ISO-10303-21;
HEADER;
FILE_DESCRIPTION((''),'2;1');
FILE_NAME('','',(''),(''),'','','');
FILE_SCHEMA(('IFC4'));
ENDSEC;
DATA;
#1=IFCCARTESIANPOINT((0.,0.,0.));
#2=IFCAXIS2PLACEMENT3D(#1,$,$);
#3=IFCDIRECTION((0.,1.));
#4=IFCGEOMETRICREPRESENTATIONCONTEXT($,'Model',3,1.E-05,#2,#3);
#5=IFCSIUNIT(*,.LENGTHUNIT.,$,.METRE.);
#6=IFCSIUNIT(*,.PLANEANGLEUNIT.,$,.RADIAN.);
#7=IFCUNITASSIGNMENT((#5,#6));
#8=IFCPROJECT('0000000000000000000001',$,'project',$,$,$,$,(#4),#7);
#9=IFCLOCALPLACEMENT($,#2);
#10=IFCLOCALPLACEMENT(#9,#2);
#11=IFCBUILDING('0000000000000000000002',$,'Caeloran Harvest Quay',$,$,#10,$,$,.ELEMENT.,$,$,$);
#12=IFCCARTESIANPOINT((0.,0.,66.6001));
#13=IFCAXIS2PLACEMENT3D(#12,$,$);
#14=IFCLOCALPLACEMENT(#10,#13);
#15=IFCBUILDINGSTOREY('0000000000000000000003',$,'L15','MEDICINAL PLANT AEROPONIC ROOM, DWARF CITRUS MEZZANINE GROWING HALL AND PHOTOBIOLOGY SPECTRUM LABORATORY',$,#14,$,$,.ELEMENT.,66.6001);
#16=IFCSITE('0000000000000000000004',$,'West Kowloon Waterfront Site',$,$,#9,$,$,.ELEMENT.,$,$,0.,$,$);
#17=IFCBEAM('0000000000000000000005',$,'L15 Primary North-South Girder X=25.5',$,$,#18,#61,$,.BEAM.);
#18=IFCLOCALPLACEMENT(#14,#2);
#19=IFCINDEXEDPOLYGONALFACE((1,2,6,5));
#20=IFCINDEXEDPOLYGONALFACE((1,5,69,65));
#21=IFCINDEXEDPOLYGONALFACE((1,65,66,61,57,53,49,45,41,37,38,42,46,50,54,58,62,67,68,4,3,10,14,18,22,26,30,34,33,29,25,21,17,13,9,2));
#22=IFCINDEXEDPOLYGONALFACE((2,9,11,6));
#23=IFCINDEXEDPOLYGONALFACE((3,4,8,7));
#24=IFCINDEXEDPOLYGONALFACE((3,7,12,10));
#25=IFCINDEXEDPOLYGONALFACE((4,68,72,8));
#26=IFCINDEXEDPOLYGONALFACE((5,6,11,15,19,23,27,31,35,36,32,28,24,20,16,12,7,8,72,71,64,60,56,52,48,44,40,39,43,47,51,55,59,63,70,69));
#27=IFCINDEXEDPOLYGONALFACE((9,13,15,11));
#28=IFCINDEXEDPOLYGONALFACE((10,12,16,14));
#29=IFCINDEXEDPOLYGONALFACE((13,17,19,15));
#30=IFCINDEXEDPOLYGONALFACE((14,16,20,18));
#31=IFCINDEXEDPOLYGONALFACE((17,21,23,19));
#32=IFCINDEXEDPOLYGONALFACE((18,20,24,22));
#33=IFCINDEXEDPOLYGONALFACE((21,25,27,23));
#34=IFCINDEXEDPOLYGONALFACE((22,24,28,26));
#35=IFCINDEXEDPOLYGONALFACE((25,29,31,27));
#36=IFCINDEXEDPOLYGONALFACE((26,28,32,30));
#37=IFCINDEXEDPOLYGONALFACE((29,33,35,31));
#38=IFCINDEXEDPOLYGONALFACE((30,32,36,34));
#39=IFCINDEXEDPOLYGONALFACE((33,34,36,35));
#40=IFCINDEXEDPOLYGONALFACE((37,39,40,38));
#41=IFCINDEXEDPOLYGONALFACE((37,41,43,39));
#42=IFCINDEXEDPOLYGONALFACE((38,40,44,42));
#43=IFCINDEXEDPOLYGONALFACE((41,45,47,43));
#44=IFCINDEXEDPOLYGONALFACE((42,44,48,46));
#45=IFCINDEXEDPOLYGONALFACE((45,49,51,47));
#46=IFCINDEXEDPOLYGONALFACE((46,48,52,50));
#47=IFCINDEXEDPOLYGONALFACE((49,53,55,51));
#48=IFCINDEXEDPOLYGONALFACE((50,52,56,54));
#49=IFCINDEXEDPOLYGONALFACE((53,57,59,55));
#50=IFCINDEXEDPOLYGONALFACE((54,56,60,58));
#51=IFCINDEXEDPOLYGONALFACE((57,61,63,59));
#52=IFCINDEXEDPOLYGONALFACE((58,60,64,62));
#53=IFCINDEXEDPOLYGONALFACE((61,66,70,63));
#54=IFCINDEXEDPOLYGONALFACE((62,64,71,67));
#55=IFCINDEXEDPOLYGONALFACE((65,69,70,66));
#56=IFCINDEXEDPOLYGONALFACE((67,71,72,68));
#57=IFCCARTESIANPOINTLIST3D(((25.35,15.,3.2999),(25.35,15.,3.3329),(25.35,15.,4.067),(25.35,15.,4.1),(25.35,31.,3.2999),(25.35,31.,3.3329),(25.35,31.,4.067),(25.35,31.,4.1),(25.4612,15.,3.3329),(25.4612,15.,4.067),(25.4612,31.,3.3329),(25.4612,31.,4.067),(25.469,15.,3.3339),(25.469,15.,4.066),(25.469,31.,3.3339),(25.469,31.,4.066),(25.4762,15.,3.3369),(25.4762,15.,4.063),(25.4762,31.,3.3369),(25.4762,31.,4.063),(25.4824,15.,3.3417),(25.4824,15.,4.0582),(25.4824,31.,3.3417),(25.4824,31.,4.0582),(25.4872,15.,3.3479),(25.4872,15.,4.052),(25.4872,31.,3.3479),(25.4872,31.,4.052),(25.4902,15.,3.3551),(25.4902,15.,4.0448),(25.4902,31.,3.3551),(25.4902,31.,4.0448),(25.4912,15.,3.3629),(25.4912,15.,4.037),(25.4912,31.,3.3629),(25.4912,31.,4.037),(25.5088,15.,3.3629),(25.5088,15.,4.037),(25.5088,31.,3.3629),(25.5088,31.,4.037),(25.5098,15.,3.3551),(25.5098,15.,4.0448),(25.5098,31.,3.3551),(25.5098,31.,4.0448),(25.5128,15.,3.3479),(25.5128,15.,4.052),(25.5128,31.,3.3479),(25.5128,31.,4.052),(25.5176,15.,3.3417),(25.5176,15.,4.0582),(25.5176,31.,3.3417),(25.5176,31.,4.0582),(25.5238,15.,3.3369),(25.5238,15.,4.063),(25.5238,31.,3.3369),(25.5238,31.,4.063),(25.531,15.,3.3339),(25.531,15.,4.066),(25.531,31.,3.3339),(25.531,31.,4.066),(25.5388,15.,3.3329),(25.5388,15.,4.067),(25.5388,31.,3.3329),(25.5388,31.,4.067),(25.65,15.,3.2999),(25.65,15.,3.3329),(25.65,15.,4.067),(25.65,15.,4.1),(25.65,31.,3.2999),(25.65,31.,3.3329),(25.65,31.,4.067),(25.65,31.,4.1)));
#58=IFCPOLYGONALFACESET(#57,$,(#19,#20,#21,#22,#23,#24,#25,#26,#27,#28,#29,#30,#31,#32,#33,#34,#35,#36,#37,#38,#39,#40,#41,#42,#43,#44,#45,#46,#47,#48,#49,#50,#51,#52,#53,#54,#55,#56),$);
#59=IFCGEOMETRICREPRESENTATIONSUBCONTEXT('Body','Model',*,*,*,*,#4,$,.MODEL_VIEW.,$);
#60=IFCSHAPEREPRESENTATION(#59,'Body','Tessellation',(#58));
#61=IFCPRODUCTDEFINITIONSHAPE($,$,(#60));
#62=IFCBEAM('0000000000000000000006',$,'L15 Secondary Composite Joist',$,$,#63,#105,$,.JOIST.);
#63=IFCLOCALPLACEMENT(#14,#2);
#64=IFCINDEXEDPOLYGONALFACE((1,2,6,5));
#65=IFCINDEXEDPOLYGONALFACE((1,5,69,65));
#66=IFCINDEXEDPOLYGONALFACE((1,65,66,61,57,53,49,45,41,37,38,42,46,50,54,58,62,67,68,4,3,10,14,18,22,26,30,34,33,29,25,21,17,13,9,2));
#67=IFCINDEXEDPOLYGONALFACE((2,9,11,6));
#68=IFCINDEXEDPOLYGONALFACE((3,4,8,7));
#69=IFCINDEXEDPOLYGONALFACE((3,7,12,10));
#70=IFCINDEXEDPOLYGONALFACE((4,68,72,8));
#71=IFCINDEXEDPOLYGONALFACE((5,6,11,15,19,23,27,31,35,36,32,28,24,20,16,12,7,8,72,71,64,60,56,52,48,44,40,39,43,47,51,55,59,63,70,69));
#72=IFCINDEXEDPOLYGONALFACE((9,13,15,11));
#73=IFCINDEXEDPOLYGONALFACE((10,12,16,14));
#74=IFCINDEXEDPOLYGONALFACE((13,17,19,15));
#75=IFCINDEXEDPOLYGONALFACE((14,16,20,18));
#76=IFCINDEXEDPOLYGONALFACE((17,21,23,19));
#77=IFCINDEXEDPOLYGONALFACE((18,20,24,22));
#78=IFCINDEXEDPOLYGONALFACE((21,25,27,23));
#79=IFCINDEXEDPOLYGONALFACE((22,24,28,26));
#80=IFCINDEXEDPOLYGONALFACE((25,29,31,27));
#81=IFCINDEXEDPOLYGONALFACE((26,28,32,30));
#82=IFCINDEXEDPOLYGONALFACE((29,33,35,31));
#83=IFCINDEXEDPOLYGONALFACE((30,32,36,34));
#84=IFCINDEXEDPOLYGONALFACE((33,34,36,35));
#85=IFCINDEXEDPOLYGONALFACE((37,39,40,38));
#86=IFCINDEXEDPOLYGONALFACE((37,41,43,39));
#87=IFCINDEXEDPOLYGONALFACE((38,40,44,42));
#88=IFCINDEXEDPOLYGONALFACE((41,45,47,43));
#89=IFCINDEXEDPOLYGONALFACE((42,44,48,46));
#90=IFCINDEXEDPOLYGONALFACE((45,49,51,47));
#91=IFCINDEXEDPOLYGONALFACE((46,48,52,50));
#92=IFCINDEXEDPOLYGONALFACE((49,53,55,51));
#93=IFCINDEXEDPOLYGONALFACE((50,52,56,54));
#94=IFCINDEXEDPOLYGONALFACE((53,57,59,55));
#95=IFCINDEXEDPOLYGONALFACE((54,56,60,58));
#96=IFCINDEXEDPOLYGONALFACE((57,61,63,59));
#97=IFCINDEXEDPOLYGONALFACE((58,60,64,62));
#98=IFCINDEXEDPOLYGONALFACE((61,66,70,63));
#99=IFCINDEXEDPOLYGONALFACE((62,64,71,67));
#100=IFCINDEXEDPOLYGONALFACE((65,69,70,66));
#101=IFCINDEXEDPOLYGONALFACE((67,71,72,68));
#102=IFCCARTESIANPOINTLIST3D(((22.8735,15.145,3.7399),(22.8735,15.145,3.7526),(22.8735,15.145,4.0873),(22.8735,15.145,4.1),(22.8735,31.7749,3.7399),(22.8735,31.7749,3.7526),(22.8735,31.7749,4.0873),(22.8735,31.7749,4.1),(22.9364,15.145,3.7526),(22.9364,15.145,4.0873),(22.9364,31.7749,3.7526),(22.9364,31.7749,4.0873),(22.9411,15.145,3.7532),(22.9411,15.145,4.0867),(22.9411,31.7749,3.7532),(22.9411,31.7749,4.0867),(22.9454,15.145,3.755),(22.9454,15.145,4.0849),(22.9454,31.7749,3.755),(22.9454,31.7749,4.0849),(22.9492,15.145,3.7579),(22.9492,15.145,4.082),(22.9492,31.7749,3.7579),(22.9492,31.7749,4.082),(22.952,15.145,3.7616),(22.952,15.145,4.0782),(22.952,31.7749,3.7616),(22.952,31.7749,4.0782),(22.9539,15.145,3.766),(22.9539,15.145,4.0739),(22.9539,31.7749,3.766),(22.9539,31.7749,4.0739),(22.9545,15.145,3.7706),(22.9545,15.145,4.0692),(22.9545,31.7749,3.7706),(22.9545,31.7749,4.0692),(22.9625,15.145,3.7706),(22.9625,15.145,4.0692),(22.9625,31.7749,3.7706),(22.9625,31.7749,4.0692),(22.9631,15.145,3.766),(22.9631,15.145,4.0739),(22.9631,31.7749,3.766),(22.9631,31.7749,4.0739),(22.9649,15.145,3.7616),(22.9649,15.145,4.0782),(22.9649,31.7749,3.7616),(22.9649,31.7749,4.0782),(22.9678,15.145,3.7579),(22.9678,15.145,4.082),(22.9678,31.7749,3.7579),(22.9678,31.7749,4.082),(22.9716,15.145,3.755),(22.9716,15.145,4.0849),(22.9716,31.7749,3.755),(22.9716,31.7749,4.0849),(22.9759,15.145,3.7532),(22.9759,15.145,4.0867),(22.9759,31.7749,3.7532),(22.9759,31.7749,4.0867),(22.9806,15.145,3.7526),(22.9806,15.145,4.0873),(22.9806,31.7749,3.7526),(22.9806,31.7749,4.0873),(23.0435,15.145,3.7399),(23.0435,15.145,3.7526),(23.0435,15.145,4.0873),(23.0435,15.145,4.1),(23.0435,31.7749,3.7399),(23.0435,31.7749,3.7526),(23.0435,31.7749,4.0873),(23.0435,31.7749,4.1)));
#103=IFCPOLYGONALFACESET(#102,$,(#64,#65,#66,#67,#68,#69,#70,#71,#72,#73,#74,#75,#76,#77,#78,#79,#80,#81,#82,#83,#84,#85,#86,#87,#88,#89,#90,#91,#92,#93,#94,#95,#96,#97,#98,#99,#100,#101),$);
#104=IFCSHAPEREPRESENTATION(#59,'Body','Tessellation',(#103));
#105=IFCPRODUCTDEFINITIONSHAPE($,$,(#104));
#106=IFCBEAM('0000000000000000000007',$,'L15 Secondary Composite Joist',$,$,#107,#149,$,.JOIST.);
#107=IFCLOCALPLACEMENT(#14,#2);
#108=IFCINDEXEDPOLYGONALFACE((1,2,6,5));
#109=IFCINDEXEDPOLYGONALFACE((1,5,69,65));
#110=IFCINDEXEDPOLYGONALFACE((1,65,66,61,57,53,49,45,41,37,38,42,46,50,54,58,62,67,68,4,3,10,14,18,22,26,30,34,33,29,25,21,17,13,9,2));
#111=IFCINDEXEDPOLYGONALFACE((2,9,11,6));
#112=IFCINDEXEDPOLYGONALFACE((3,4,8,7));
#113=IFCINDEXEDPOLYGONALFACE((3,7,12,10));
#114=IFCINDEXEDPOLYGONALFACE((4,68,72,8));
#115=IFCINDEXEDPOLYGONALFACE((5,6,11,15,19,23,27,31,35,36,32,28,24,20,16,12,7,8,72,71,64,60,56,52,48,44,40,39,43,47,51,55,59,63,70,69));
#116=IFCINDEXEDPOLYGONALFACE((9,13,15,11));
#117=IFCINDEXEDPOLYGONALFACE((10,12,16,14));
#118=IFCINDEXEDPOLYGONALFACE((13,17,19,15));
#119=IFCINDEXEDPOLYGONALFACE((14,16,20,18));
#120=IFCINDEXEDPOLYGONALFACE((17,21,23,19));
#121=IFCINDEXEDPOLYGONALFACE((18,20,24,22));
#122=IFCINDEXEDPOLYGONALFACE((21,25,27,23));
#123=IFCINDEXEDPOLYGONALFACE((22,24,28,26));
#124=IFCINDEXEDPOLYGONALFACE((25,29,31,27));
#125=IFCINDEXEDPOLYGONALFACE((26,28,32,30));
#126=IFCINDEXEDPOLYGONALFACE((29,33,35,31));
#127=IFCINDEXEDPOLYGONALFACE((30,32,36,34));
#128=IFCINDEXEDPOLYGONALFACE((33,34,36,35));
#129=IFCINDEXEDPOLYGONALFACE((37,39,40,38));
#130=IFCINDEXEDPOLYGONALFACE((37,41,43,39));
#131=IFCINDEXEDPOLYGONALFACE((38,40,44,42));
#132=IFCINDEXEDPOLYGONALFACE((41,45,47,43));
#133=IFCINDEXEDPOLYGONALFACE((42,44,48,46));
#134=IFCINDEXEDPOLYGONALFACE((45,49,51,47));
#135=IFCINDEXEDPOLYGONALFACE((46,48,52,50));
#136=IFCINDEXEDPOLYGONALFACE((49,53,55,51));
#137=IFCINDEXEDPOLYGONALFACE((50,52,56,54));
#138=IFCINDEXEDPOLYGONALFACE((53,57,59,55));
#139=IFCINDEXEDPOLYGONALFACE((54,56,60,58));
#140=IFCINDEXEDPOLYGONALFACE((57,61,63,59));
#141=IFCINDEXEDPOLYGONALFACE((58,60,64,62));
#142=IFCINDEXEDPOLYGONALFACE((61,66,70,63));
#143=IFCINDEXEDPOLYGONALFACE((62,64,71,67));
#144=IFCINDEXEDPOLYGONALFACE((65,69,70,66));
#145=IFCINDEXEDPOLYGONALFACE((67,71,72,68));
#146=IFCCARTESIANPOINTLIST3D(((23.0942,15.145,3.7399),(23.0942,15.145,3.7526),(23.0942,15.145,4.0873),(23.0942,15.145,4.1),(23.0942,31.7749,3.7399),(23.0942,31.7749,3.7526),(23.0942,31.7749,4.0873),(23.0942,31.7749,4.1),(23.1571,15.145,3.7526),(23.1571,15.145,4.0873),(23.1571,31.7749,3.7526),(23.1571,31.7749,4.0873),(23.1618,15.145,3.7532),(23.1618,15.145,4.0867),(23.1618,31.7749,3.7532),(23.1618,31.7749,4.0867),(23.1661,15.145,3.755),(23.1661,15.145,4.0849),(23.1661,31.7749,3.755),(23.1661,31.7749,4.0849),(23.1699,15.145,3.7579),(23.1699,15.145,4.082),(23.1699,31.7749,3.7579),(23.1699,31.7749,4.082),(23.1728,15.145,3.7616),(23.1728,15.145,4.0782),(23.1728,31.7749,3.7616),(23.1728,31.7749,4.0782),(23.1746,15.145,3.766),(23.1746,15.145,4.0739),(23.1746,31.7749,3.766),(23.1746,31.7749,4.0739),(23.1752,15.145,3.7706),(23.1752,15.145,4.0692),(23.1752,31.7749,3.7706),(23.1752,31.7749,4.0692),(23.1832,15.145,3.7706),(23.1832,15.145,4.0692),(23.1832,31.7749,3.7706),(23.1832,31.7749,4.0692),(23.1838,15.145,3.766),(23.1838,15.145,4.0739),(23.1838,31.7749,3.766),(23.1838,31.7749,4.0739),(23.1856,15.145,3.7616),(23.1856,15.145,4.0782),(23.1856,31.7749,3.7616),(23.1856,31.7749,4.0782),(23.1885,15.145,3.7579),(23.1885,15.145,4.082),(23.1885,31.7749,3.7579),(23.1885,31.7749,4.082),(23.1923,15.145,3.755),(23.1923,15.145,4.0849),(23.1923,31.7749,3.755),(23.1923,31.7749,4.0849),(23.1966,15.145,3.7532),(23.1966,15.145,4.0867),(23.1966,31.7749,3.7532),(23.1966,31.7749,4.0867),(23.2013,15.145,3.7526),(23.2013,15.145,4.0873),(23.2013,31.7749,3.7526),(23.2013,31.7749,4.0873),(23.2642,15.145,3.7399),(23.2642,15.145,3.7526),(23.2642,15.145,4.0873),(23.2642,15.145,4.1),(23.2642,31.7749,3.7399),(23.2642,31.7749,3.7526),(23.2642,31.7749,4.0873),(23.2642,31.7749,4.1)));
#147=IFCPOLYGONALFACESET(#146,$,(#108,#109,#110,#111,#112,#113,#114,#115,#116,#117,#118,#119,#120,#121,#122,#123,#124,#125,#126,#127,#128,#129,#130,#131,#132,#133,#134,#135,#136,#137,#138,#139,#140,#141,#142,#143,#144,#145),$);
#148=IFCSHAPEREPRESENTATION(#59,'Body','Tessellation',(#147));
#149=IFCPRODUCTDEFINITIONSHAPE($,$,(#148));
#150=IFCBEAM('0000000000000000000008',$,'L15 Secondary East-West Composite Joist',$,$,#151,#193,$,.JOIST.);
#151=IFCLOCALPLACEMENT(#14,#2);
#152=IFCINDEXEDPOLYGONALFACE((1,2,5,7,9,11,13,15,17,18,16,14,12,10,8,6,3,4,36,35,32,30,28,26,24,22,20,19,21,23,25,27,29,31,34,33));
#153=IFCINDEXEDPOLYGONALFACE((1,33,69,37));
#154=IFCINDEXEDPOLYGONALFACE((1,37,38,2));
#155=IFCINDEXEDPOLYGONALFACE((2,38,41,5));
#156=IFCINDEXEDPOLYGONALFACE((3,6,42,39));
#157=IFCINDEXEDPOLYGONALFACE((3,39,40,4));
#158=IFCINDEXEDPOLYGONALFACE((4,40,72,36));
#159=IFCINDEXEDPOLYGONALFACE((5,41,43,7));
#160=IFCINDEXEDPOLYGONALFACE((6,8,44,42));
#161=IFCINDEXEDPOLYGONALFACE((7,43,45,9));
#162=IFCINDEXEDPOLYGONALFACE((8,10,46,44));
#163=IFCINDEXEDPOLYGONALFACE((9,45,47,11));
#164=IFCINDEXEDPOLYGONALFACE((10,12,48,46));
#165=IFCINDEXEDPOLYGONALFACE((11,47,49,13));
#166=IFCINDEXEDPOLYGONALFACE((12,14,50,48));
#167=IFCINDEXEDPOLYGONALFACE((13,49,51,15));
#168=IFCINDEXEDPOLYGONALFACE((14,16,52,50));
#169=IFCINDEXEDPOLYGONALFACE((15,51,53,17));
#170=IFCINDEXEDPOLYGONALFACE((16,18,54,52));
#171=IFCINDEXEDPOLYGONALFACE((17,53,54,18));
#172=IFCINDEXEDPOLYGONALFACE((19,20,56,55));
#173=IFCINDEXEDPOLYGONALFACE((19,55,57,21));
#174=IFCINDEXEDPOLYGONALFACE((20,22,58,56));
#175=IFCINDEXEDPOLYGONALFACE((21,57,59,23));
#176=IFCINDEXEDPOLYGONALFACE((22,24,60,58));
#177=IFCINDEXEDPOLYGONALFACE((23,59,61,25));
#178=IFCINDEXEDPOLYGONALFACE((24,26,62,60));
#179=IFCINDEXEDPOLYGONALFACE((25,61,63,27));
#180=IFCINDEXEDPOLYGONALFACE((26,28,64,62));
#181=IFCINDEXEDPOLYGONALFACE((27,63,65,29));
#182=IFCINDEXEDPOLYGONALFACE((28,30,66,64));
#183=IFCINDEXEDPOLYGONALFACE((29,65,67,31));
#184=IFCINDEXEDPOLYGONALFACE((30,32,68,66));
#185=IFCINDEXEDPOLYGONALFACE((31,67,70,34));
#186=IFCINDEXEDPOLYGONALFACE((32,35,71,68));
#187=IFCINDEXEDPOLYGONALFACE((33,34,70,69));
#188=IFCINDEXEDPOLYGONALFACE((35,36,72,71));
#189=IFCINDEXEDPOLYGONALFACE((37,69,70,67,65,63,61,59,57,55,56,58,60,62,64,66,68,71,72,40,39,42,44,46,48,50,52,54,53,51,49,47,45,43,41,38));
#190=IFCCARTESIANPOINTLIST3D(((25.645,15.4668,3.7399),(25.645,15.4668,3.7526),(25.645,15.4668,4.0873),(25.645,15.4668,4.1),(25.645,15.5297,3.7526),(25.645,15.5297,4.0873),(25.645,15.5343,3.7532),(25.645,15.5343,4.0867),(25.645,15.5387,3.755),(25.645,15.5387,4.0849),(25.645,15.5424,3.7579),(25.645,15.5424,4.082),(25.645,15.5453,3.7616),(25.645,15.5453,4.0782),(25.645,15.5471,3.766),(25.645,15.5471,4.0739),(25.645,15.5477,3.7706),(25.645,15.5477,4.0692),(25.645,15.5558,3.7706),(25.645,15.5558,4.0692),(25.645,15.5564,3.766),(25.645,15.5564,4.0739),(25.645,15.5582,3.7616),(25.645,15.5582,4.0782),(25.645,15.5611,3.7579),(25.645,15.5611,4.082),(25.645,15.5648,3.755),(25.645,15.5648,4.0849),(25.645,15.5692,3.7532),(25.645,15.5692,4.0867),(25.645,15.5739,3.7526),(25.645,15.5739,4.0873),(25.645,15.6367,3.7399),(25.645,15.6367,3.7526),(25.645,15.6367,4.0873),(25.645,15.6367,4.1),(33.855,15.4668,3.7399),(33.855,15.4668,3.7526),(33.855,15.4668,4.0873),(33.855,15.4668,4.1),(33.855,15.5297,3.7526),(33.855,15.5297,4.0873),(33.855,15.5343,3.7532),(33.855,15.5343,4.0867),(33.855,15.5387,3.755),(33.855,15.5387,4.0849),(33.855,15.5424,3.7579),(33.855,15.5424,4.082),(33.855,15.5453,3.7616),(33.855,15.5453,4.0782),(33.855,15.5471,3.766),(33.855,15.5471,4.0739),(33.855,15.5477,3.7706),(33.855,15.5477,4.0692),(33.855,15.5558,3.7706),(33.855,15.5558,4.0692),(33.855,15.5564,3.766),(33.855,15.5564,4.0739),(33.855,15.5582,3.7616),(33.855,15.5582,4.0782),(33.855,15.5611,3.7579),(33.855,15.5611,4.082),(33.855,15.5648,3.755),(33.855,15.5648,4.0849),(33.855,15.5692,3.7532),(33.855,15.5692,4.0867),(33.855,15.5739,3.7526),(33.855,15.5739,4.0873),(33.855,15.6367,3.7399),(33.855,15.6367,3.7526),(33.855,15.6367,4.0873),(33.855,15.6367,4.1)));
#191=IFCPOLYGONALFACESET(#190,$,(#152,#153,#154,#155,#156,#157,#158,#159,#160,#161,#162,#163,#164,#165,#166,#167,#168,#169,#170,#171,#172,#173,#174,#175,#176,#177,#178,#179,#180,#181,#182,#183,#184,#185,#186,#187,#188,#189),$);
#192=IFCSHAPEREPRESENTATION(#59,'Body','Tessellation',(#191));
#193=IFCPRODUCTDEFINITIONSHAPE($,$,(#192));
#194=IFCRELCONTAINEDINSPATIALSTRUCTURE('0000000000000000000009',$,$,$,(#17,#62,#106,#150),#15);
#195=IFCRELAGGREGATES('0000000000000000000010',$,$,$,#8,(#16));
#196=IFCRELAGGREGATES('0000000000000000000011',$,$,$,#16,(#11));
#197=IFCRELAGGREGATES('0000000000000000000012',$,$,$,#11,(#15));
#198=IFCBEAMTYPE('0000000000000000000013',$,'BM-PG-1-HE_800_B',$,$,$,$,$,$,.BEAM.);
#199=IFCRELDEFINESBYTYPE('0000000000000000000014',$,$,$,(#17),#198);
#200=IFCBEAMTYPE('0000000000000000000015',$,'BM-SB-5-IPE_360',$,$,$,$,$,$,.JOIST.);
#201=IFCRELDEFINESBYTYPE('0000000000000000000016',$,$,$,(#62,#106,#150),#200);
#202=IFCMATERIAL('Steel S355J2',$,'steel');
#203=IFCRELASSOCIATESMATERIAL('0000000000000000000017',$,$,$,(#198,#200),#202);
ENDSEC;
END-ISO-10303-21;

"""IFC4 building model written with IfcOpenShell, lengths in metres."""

from ifc_helpers import new_model, si_unit, direction, frame, origin, origin_2d, place, context, subcontext, project, spatial, i_section, extrude, material, material_profile, profile_set, type_object, element, save


model = new_model("IFC4")

# Units and contexts
model_context = context("Model", 3, precision=1e-05, world=origin(), true_north=direction((0.0, 1.0)))
body_context = subcontext(model_context, "Body", "Model", "MODEL_VIEW")
ifc_project = project(units=[si_unit("LENGTHUNIT", "METRE"), si_unit("PLANEANGLEUNIT", "RADIAN")], contexts=[model_context])

# Site, building, storey
site_placement = place(None, origin())
site = spatial("IfcSite", under=ifc_project, at=site_placement, Name="West Kowloon Waterfront Site", CompositionType="ELEMENT", RefElevation=0.0)
building_placement = place(site_placement, origin())
building = spatial("IfcBuilding", under=site, at=building_placement, Name="Caeloran Harvest Quay", CompositionType="ELEMENT")
storey_placement = place(building_placement, frame((0.0, 0.0, 66.6001)))
storey = spatial("IfcBuildingStorey", under=building, at=storey_placement, Name="L15", Description="MEDICINAL PLANT AEROPONIC ROOM, DWARF CITRUS MEZZANINE GROWING HALL AND PHOTOBIOLOGY SPECTRUM LABORATORY", CompositionType="ELEMENT", Elevation=66.6001)

# Beams
ifc_material_1 = material(Name="Steel S355J2", Category="steel")
ifc_material_profile_1 = material_profile(ifc_material_1, i_section(OverallWidth=0.3, OverallDepth=0.8, WebThickness=0.0176, FlangeThickness=0.033, FilletRadius=0.03, at=origin_2d()), Name="HE 800 B")
ifc_profile_set_1 = profile_set([ifc_material_profile_1], Name="Steel S355J2")
beam_type_1 = type_object("IfcBeamType", Name="BM-PG-1-HE_800_B", PredefinedType="BEAM", material=ifc_profile_set_1)
beam_placement = place(storey_placement, frame((25.5, 15.0, 3.7), z_axis=(0.0, 1.0, 0.0), x_axis=(-1.0, 0.0, 0.0)))
element("IfcBeam", 1, at=beam_placement, inside=storey, type_object=beam_type_1, Name="L15 Primary North-South Girder X=25.5", PredefinedType="BEAM", context=body_context, shape_type="SweptSolid", body=[
    extrude(i_section(OverallWidth=0.3, OverallDepth=0.8, WebThickness=0.0176, FlangeThickness=0.033, FilletRadius=0.03, at=origin_2d()), origin(), (0.0, 0.0, 1.0), 16.0),
])
ifc_material_profile_2 = material_profile(ifc_material_1, i_section(OverallWidth=0.1699, OverallDepth=0.3601, WebThickness=0.0081, FlangeThickness=0.0127, FilletRadius=0.0181, at=origin_2d()), Name="IPE 360")
ifc_profile_set_2 = profile_set([ifc_material_profile_2], Name="Steel S355J2")
beam_type_2 = type_object("IfcBeamType", Name="BM-SB-5-IPE_360", PredefinedType="JOIST", material=ifc_profile_set_2)
for number, where, z_axis, x_axis, name in (
    (2, (22.9585, 15.145, 3.9199), (0.0, 1.0, 0.0), (-1.0, 0.0, 0.0), "L15 Secondary Composite Joist"),
    (3, (23.1792, 15.145, 3.9199), (0.0, 1.0, 0.0), (-1.0, 0.0, 0.0), "L15 Secondary Composite Joist"),
):
    element("IfcBeam", number, at=place(storey_placement, frame(where, z_axis=z_axis, x_axis=x_axis)), inside=storey, type_object=beam_type_2, Name=name, PredefinedType="JOIST", context=body_context, shape_type="SweptSolid", body=[
        extrude(i_section(OverallWidth=0.1699, OverallDepth=0.3601, WebThickness=0.0081, FlangeThickness=0.0127, FilletRadius=0.0181, at=origin_2d()), origin(), (0.0, 0.0, 1.0), 16.6299),
    ])
for number, where, z_axis, x_axis, name in (
    (4, (25.645, 15.5518, 3.9199), (1.0, 0.0, 0.0), (0.0, 1.0, 0.0), "L15 Secondary East-West Composite Joist"),
):
    element("IfcBeam", number, at=place(storey_placement, frame(where, z_axis=z_axis, x_axis=x_axis)), inside=storey, type_object=beam_type_2, Name=name, PredefinedType="JOIST", context=body_context, shape_type="SweptSolid", body=[
        extrude(i_section(OverallWidth=0.1699, OverallDepth=0.3601, WebThickness=0.0081, FlangeThickness=0.0127, FilletRadius=0.0181, at=origin_2d()), origin(), (0.0, 0.0, 1.0), 8.21),
    ])

save(model, "model.ifc")
